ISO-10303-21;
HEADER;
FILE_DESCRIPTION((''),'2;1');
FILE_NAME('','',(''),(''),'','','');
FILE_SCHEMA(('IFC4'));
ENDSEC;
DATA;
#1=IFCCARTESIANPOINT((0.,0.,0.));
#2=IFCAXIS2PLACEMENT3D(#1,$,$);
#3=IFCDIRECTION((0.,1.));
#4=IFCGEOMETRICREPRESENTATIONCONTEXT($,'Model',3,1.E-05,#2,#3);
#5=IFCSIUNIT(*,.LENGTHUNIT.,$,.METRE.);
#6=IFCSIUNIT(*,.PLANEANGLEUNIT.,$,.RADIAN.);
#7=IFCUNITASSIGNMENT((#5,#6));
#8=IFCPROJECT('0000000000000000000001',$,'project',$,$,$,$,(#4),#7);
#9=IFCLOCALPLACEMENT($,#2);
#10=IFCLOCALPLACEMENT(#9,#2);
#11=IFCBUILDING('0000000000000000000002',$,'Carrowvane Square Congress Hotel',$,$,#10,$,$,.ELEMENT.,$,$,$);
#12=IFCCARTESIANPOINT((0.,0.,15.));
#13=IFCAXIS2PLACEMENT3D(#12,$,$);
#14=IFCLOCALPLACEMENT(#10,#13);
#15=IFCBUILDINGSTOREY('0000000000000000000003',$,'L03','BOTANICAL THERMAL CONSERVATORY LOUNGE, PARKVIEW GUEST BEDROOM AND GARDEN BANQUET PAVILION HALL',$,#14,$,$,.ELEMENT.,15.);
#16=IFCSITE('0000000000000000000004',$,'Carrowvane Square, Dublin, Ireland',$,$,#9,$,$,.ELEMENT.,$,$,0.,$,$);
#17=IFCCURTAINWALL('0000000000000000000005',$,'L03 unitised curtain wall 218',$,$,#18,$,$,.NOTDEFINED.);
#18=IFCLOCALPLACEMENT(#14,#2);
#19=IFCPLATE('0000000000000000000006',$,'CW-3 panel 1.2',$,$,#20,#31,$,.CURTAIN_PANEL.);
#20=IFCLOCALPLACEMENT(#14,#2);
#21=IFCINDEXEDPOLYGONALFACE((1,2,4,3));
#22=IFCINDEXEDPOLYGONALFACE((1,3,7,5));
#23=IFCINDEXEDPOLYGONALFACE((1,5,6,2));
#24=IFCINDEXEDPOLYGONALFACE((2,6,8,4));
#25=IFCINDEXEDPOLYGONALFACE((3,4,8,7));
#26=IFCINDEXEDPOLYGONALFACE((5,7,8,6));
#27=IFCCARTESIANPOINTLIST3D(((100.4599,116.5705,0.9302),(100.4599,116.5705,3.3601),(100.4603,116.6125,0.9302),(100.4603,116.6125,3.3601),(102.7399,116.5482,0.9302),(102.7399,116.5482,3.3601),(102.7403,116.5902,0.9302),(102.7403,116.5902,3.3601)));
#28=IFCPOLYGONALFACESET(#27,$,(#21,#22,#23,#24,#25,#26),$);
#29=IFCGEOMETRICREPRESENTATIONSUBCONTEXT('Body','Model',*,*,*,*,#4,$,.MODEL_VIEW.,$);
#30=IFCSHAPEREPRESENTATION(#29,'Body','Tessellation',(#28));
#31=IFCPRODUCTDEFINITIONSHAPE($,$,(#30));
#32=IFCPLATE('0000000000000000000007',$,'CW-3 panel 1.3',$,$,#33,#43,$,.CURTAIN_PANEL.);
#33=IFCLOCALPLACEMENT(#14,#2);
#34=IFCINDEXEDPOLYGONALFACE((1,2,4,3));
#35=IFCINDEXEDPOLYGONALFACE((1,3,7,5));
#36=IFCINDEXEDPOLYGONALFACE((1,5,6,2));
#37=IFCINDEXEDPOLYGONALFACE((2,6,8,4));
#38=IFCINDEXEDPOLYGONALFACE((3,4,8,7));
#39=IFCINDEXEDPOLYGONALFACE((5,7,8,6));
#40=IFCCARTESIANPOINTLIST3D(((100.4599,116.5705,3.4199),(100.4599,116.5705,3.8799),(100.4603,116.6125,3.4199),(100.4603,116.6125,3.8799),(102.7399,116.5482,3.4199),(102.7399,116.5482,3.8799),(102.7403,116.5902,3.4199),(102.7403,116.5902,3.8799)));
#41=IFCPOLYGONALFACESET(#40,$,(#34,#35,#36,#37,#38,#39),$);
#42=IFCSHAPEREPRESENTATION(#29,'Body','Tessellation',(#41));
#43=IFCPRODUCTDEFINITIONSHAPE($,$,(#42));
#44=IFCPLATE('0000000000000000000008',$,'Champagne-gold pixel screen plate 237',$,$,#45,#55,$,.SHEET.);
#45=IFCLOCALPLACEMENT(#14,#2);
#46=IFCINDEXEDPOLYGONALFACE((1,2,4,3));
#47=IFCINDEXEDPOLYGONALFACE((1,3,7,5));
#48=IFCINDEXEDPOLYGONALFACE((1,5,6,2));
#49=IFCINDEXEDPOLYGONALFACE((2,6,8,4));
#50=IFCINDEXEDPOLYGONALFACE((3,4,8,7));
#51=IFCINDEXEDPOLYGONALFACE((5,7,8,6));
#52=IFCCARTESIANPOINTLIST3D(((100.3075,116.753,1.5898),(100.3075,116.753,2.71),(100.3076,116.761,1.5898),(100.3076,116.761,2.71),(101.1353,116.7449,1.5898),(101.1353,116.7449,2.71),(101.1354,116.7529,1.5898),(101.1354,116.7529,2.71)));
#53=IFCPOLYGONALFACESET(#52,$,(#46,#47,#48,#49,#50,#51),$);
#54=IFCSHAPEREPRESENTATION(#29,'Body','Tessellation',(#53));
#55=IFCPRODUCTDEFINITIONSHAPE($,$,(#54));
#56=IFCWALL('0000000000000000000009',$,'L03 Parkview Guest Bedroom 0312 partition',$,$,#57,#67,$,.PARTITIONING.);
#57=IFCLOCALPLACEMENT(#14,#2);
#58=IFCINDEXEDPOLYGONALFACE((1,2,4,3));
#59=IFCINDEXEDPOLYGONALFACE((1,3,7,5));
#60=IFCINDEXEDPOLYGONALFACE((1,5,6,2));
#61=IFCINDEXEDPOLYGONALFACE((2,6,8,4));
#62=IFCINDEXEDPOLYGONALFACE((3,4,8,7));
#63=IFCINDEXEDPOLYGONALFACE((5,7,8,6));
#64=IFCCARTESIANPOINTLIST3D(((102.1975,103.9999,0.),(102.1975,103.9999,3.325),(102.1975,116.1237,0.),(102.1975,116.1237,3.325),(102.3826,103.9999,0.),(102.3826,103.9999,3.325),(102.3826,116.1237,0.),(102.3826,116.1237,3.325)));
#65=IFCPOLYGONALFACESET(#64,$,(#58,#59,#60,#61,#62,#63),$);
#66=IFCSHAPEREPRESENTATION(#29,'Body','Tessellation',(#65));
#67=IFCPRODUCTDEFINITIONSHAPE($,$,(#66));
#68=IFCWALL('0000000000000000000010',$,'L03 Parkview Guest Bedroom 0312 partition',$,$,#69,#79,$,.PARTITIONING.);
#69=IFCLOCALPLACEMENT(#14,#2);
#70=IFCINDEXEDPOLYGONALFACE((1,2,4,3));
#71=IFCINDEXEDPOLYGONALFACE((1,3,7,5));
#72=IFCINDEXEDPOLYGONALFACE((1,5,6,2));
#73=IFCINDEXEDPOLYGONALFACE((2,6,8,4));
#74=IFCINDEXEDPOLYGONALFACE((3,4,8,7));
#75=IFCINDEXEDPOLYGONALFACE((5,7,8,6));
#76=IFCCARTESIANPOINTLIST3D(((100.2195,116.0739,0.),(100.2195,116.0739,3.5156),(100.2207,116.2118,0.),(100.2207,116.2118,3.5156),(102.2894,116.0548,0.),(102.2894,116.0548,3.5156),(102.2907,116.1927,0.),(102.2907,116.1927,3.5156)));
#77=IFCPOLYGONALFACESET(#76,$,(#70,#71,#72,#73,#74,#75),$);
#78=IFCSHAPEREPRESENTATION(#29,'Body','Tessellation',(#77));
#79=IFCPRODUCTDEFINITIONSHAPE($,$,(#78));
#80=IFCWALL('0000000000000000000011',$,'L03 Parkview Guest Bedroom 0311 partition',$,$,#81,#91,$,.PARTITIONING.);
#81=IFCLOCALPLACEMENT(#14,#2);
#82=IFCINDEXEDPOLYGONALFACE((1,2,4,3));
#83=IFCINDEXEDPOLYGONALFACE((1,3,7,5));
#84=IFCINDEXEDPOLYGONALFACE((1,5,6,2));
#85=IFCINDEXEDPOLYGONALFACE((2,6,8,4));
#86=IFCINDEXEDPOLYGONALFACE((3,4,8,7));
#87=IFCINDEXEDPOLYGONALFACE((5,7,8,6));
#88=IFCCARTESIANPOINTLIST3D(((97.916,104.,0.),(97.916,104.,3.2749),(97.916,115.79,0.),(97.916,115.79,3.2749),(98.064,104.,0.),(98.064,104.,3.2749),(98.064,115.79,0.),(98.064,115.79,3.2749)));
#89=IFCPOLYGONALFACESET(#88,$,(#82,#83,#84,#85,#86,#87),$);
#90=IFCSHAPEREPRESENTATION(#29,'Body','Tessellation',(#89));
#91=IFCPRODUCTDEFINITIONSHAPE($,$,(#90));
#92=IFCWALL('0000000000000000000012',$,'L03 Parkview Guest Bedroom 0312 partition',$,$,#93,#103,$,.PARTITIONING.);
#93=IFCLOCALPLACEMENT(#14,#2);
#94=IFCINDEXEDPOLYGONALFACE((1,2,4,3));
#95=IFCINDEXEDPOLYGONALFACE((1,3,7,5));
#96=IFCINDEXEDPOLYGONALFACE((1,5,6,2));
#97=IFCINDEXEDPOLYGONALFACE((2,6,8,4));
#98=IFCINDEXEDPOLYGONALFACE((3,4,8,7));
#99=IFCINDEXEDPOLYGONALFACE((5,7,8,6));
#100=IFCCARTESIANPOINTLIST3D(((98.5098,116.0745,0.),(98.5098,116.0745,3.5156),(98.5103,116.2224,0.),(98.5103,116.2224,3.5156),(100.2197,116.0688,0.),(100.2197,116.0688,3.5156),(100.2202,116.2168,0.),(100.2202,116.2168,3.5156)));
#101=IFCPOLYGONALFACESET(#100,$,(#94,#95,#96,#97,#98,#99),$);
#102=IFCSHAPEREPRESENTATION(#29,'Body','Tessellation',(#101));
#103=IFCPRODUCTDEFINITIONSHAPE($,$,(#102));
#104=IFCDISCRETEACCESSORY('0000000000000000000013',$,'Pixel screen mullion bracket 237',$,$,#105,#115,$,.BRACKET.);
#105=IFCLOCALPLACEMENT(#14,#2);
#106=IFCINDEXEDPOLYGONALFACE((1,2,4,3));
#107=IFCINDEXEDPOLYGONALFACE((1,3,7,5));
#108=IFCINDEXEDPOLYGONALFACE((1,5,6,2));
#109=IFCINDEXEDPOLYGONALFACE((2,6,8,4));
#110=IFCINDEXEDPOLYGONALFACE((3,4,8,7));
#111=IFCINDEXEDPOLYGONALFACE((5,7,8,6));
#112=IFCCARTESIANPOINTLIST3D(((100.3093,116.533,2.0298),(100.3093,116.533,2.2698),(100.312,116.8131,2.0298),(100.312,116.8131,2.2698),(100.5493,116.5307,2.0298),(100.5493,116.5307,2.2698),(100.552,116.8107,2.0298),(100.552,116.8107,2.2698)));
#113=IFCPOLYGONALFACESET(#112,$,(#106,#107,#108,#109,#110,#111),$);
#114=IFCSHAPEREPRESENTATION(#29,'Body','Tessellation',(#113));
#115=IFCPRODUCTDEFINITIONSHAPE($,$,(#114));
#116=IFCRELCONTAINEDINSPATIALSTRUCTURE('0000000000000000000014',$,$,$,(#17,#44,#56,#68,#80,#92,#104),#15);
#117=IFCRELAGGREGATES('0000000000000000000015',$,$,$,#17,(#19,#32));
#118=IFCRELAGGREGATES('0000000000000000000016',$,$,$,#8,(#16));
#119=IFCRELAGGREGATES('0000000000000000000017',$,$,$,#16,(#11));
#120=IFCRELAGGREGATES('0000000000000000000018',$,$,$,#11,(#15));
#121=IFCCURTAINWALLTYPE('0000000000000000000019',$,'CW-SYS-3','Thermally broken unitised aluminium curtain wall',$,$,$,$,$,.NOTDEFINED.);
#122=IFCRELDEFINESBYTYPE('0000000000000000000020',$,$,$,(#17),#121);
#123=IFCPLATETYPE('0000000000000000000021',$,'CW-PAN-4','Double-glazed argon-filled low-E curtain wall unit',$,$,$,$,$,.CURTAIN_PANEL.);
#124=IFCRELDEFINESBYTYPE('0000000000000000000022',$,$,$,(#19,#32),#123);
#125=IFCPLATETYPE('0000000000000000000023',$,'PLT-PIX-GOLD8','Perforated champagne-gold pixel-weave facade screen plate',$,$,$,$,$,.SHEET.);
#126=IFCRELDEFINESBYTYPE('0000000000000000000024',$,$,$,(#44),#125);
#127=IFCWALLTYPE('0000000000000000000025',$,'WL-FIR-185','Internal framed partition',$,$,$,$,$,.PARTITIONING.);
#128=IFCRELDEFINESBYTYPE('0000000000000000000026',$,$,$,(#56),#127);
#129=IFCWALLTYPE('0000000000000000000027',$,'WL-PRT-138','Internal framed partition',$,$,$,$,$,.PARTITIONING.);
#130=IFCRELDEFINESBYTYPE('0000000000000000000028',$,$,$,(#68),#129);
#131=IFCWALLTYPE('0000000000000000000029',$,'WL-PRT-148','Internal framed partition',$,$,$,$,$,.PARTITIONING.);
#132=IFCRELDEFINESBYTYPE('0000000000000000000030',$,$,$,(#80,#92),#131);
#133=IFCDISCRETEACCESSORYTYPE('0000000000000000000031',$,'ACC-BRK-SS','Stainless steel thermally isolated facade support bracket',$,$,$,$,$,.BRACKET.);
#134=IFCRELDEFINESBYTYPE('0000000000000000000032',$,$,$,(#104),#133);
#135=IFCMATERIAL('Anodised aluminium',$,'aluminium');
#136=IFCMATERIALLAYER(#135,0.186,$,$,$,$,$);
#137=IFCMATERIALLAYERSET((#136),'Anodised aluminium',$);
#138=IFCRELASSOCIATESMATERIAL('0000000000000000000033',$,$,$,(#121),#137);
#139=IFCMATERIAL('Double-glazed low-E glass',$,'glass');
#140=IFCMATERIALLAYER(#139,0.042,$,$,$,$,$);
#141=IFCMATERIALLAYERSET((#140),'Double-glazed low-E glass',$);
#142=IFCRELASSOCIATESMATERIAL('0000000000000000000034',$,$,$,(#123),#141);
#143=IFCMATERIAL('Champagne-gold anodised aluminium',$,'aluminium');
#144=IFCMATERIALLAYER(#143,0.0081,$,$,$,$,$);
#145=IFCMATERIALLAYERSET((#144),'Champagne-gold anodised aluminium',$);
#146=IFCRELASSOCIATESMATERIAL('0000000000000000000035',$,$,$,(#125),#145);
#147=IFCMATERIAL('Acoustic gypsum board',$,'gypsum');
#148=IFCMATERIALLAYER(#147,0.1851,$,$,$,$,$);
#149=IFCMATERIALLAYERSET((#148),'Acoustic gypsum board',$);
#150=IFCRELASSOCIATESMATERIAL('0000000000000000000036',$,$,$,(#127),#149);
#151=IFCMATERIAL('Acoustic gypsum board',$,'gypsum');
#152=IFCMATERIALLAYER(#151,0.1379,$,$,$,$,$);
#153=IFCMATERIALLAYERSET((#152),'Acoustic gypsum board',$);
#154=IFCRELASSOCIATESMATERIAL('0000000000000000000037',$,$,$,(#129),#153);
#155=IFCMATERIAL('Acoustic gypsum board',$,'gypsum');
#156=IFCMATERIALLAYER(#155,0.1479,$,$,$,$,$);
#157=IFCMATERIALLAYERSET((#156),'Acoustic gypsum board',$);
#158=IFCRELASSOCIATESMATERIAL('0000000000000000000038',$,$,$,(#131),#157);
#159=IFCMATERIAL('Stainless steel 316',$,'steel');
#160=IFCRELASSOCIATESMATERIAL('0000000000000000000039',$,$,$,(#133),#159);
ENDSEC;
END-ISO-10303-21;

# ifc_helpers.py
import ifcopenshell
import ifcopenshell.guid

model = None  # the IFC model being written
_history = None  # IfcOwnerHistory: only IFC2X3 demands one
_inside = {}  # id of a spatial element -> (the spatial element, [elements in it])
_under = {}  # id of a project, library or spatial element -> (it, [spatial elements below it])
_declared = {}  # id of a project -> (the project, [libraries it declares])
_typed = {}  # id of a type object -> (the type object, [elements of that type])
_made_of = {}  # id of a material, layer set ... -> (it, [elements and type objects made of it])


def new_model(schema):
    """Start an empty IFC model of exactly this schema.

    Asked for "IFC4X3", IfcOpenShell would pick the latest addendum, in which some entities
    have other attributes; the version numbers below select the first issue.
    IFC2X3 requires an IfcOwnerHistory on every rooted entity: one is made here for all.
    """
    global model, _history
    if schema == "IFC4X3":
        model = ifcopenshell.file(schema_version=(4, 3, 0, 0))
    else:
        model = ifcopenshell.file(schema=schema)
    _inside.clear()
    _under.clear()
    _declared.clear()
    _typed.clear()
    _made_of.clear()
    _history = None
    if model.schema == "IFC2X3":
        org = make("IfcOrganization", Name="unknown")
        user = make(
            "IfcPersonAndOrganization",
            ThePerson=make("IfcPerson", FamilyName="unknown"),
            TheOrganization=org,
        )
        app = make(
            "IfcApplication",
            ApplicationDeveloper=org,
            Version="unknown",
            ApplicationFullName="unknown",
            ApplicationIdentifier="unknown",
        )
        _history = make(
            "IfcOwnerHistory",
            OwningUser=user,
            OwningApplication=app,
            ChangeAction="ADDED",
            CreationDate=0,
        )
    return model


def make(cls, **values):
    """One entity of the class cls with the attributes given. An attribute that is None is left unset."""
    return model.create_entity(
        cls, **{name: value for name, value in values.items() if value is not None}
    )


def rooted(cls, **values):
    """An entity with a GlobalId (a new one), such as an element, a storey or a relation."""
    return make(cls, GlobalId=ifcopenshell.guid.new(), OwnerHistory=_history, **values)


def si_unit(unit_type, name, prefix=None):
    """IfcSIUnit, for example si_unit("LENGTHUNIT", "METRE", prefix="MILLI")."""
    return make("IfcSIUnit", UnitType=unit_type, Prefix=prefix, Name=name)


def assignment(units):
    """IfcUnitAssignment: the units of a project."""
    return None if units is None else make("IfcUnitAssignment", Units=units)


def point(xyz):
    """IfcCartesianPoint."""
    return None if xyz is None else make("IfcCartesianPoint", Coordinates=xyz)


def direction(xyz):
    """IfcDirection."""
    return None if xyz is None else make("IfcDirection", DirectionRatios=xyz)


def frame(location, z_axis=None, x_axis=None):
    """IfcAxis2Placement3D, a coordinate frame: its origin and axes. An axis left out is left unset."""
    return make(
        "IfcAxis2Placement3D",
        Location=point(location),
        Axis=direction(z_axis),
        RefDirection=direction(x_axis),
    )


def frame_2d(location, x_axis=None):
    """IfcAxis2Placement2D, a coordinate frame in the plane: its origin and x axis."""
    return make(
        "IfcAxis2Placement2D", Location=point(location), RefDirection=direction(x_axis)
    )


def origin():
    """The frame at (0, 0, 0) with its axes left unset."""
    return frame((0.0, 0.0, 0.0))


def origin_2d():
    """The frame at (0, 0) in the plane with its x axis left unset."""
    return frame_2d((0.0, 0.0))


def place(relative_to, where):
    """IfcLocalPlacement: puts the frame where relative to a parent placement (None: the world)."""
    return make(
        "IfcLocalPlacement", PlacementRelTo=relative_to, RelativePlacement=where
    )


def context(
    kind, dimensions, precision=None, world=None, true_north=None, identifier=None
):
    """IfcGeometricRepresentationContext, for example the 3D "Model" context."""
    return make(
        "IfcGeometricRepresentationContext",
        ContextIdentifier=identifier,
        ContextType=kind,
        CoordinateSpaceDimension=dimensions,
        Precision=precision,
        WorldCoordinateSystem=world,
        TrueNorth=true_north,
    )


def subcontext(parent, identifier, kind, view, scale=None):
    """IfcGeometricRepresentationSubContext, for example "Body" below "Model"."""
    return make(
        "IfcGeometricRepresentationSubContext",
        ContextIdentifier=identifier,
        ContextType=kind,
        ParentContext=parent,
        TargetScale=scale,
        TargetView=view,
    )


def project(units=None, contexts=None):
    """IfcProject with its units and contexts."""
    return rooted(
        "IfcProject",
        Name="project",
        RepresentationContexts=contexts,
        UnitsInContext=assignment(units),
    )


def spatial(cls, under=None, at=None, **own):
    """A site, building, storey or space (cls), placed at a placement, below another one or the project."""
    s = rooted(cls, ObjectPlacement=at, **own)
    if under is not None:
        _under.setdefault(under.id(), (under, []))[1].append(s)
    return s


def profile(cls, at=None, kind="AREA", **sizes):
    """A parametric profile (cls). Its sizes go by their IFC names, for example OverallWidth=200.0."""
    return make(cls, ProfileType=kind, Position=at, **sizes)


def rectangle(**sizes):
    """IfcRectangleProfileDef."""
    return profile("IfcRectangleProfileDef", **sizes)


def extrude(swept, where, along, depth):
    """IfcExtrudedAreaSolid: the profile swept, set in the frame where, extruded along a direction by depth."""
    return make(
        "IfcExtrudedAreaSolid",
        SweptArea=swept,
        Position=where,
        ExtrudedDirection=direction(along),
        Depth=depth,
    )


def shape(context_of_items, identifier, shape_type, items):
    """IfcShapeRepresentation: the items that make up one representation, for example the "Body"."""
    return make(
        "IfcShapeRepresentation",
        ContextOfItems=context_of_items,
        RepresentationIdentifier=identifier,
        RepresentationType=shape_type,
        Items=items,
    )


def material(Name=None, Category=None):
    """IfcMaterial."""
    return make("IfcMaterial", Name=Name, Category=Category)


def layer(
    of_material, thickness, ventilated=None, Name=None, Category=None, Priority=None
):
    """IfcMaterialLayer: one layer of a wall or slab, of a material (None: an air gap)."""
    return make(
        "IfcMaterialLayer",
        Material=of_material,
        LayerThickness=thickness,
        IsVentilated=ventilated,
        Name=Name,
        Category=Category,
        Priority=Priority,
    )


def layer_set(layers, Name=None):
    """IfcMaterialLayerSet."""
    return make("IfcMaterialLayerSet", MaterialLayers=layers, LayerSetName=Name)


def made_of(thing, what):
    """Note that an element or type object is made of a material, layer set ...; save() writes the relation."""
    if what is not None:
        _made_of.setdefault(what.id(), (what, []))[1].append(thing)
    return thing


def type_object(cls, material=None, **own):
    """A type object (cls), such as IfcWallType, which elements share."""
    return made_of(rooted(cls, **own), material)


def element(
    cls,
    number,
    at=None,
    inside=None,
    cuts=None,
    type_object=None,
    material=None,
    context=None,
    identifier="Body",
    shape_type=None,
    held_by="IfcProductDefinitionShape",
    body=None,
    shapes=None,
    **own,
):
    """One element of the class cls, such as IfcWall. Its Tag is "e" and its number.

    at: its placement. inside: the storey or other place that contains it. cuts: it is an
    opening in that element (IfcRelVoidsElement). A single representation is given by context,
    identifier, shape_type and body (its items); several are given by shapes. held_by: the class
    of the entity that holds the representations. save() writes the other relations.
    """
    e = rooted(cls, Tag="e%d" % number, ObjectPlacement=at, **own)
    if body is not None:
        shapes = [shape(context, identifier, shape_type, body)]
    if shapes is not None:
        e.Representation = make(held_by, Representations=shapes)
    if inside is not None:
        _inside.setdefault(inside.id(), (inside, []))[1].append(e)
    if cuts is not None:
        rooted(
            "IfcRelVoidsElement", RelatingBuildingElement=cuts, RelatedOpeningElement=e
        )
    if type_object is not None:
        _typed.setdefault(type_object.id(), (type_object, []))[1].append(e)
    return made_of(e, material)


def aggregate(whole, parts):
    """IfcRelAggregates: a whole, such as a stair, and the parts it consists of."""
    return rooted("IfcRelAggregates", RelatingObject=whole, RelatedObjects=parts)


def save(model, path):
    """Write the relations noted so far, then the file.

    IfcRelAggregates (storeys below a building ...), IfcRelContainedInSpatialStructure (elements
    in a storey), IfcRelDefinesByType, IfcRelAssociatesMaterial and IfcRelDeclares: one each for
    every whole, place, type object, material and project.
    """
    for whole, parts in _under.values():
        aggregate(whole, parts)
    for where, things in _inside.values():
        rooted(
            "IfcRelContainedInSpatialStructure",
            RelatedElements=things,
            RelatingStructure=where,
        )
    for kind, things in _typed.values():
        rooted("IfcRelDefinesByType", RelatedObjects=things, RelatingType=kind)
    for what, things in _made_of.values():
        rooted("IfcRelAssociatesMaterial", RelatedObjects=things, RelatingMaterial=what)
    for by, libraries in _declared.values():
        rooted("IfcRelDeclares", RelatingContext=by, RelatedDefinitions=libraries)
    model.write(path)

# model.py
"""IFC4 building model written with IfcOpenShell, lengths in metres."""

from ifc_helpers import new_model, si_unit, direction, frame, frame_2d, origin, origin_2d, place, context, subcontext, project, spatial, rectangle, extrude, material, layer, layer_set, type_object, element, aggregate, save


model = new_model("IFC4")

# Units and contexts
model_context = context("Model", 3, precision=1e-05, world=origin(), true_north=direction((0.0, 1.0)))
body_context = subcontext(model_context, "Body", "Model", "MODEL_VIEW")
ifc_project = project(units=[si_unit("LENGTHUNIT", "METRE"), si_unit("PLANEANGLEUNIT", "RADIAN")], contexts=[model_context])

# Site, building, storey
site_placement = place(None, origin())
site = spatial("IfcSite", under=ifc_project, at=site_placement, Name="Carrowvane Square, Dublin, Ireland", CompositionType="ELEMENT", RefElevation=0.0)
building_placement = place(site_placement, origin())
building = spatial("IfcBuilding", under=site, at=building_placement, Name="Carrowvane Square Congress Hotel", CompositionType="ELEMENT")
storey_placement = place(building_placement, frame((0.0, 0.0, 15.0)))
storey = spatial("IfcBuildingStorey", under=building, at=storey_placement, Name="L03", Description="BOTANICAL THERMAL CONSERVATORY LOUNGE, PARKVIEW GUEST BEDROOM AND GARDEN BANQUET PAVILION HALL", CompositionType="ELEMENT", Elevation=15.0)

# Curtain wall
ifc_material_1 = material(Name="Anodised aluminium", Category="aluminium")
ifc_layer_1 = layer(ifc_material_1, 0.186)
ifc_layer_set_1 = layer_set([ifc_layer_1], Name="Anodised aluminium")
curtain_wall_type_1 = type_object("IfcCurtainWallType", Name="CW-SYS-3", Description="Thermally broken unitised aluminium curtain wall", PredefinedType="NOTDEFINED", material=ifc_layer_set_1)
curtain_wall_1_placement = place(storey_placement, origin())
curtain_wall_1 = element("IfcCurtainWall", 1, at=curtain_wall_1_placement, inside=storey, type_object=curtain_wall_type_1, Name="L03 unitised curtain wall 218", PredefinedType="NOTDEFINED")

# Plates
ifc_material_2 = material(Name="Double-glazed low-E glass", Category="glass")
ifc_layer_2 = layer(ifc_material_2, 0.042)
ifc_layer_set_2 = layer_set([ifc_layer_2], Name="Double-glazed low-E glass")
plate_type_1 = type_object("IfcPlateType", Name="CW-PAN-4", Description="Double-glazed argon-filled low-E curtain wall unit", PredefinedType="CURTAIN_PANEL", material=ifc_layer_set_2)
plate_1_placement = place(storey_placement, frame((101.6001, 116.5803, 0.9302), z_axis=(0.0, 0.0, 1.0), x_axis=(0.999952, -0.009783, 0.0)))
plate_1 = element("IfcPlate", 2, at=plate_1_placement, type_object=plate_type_1, Name="CW-3 panel 1.2", PredefinedType="CURTAIN_PANEL", context=body_context, shape_type="SweptSolid", body=[
    extrude(rectangle(XDim=2.28, YDim=0.042, at=origin_2d()), origin(), (0.0, 0.0, 1.0), 2.4299),
])
plate_2_placement = place(storey_placement, frame((101.6001, 116.5803, 3.4199), z_axis=(0.0, 0.0, 1.0), x_axis=(0.999952, -0.009783, 0.0)))
plate_2 = element("IfcPlate", 3, at=plate_2_placement, type_object=plate_type_1, Name="CW-3 panel 1.3", PredefinedType="CURTAIN_PANEL", context=body_context, shape_type="SweptSolid", body=[
    extrude(rectangle(XDim=2.28, YDim=0.042, at=origin_2d()), origin(), (0.0, 0.0, 1.0), 0.46),
])
aggregate(curtain_wall_1, [plate_1, plate_2])
ifc_material_3 = material(Name="Champagne-gold anodised aluminium", Category="aluminium")
ifc_layer_3 = layer(ifc_material_3, 0.0081)
ifc_layer_set_3 = layer_set([ifc_layer_3], Name="Champagne-gold anodised aluminium")
plate_type_2 = type_object("IfcPlateType", Name="PLT-PIX-GOLD8", Description="Perforated champagne-gold pixel-weave facade screen plate", PredefinedType="SHEET", material=ifc_layer_set_3)
plate_3_placement = place(storey_placement, frame((100.7214, 116.7529, 1.5898), z_axis=(0.0, 0.0, 1.0), x_axis=(0.999952, -0.009782, 0.0)))
element("IfcPlate", 4, at=plate_3_placement, inside=storey, type_object=plate_type_2, Name="Champagne-gold pixel screen plate 237", PredefinedType="SHEET", context=body_context, shape_type="SweptSolid", body=[
    extrude(rectangle(XDim=0.8279, YDim=0.0081, at=origin_2d()), origin(), (0.0, 0.0, 1.0), 1.1201),
])

# Walls
ifc_material_4 = material(Name="Acoustic gypsum board", Category="gypsum")
ifc_layer_4 = layer(ifc_material_4, 0.1851)
ifc_layer_set_4 = layer_set([ifc_layer_4], Name="Acoustic gypsum board")
wall_type_1 = type_object("IfcWallType", Name="WL-FIR-185", Description="Internal framed partition", PredefinedType="PARTITIONING", material=ifc_layer_set_4)
wall_1_placement = place(storey_placement, frame((102.29, 116.1238, 0.0), z_axis=(0.0, 0.0, 1.0), x_axis=(0.0, -1.0, 0.0)))
element("IfcWall", 5, at=wall_1_placement, inside=storey, type_object=wall_type_1, Name="L03 Parkview Guest Bedroom 0312 partition", PredefinedType="PARTITIONING", context=body_context, shape_type="SweptSolid", body=[
    extrude(rectangle(XDim=12.1238, YDim=0.1851, at=frame_2d((6.062, 0.0))), origin(), (0.0, 0.0, 1.0), 3.325),
])
ifc_material_5 = material(Name="Acoustic gypsum board", Category="gypsum")
ifc_layer_5 = layer(ifc_material_5, 0.1379)
ifc_layer_set_5 = layer_set([ifc_layer_5], Name="Acoustic gypsum board")
wall_type_2 = type_object("IfcWallType", Name="WL-PRT-138", Description="Internal framed partition", PredefinedType="PARTITIONING", material=ifc_layer_set_5)
wall_2_placement = place(storey_placement, frame((100.22, 116.1428, 0.0), z_axis=(0.0, 0.0, 1.0), x_axis=(0.999958, -0.009199, 0.0)))
element("IfcWall", 6, at=wall_2_placement, inside=storey, type_object=wall_type_2, Name="L03 Parkview Guest Bedroom 0312 partition", PredefinedType="PARTITIONING", context=body_context, shape_type="SweptSolid", body=[
    extrude(rectangle(XDim=2.0701, YDim=0.1379, at=frame_2d((1.0352, 0.0))), origin(), (0.0, 0.0, 1.0), 3.5156),
])
ifc_material_6 = material(Name="Acoustic gypsum board", Category="gypsum")
ifc_layer_6 = layer(ifc_material_6, 0.1479)
ifc_layer_set_6 = layer_set([ifc_layer_6], Name="Acoustic gypsum board")
wall_type_3 = type_object("IfcWallType", Name="WL-PRT-148", Description="Internal framed partition", PredefinedType="PARTITIONING", material=ifc_layer_set_6)
wall_3_placement = place(storey_placement, frame((97.99, 115.79, 0.0), z_axis=(0.0, 0.0, 1.0), x_axis=(0.0, -1.0, 0.0)))
element("IfcWall", 7, at=wall_3_placement, inside=storey, type_object=wall_type_3, Name="L03 Parkview Guest Bedroom 0311 partition", PredefinedType="PARTITIONING", context=body_context, shape_type="SweptSolid", body=[
    extrude(rectangle(XDim=11.79, YDim=0.1479, at=frame_2d((5.895, 0.0))), origin(), (0.0, 0.0, 1.0), 3.2749),
])
wall_4_placement = place(storey_placement, frame((98.51, 116.1484, 0.0), z_axis=(0.0, 0.0, 1.0), x_axis=(0.999995, -0.003284, 0.0)))
element("IfcWall", 8, at=wall_4_placement, inside=storey, type_object=wall_type_3, Name="L03 Parkview Guest Bedroom 0312 partition", PredefinedType="PARTITIONING", context=body_context, shape_type="SweptSolid", body=[
    extrude(rectangle(XDim=1.71, YDim=0.1479, at=frame_2d((0.855, 0.0))), origin(), (0.0, 0.0, 1.0), 3.5156),
])

# Discrete accessory
ifc_material_7 = material(Name="Stainless steel 316", Category="steel")
discrete_accessory_type = type_object("IfcDiscreteAccessoryType", Name="ACC-BRK-SS", Description="Stainless steel thermally isolated facade support bracket", PredefinedType="BRACKET", material=ifc_material_7)
discrete_accessory_placement = place(storey_placement, frame((100.4307, 116.6719, 2.0298), z_axis=(0.0, 0.0, 1.0), x_axis=(0.999952, -0.009782, 0.0)))
element("IfcDiscreteAccessory", 9, at=discrete_accessory_placement, inside=storey, type_object=discrete_accessory_type, Name="Pixel screen mullion bracket 237", PredefinedType="BRACKET", context=body_context, shape_type="SweptSolid", body=[
    extrude(rectangle(XDim=0.24, YDim=0.28, at=origin_2d()), origin(), (0.0, 0.0, 1.0), 0.24),
])

save(model, "model.ifc")
